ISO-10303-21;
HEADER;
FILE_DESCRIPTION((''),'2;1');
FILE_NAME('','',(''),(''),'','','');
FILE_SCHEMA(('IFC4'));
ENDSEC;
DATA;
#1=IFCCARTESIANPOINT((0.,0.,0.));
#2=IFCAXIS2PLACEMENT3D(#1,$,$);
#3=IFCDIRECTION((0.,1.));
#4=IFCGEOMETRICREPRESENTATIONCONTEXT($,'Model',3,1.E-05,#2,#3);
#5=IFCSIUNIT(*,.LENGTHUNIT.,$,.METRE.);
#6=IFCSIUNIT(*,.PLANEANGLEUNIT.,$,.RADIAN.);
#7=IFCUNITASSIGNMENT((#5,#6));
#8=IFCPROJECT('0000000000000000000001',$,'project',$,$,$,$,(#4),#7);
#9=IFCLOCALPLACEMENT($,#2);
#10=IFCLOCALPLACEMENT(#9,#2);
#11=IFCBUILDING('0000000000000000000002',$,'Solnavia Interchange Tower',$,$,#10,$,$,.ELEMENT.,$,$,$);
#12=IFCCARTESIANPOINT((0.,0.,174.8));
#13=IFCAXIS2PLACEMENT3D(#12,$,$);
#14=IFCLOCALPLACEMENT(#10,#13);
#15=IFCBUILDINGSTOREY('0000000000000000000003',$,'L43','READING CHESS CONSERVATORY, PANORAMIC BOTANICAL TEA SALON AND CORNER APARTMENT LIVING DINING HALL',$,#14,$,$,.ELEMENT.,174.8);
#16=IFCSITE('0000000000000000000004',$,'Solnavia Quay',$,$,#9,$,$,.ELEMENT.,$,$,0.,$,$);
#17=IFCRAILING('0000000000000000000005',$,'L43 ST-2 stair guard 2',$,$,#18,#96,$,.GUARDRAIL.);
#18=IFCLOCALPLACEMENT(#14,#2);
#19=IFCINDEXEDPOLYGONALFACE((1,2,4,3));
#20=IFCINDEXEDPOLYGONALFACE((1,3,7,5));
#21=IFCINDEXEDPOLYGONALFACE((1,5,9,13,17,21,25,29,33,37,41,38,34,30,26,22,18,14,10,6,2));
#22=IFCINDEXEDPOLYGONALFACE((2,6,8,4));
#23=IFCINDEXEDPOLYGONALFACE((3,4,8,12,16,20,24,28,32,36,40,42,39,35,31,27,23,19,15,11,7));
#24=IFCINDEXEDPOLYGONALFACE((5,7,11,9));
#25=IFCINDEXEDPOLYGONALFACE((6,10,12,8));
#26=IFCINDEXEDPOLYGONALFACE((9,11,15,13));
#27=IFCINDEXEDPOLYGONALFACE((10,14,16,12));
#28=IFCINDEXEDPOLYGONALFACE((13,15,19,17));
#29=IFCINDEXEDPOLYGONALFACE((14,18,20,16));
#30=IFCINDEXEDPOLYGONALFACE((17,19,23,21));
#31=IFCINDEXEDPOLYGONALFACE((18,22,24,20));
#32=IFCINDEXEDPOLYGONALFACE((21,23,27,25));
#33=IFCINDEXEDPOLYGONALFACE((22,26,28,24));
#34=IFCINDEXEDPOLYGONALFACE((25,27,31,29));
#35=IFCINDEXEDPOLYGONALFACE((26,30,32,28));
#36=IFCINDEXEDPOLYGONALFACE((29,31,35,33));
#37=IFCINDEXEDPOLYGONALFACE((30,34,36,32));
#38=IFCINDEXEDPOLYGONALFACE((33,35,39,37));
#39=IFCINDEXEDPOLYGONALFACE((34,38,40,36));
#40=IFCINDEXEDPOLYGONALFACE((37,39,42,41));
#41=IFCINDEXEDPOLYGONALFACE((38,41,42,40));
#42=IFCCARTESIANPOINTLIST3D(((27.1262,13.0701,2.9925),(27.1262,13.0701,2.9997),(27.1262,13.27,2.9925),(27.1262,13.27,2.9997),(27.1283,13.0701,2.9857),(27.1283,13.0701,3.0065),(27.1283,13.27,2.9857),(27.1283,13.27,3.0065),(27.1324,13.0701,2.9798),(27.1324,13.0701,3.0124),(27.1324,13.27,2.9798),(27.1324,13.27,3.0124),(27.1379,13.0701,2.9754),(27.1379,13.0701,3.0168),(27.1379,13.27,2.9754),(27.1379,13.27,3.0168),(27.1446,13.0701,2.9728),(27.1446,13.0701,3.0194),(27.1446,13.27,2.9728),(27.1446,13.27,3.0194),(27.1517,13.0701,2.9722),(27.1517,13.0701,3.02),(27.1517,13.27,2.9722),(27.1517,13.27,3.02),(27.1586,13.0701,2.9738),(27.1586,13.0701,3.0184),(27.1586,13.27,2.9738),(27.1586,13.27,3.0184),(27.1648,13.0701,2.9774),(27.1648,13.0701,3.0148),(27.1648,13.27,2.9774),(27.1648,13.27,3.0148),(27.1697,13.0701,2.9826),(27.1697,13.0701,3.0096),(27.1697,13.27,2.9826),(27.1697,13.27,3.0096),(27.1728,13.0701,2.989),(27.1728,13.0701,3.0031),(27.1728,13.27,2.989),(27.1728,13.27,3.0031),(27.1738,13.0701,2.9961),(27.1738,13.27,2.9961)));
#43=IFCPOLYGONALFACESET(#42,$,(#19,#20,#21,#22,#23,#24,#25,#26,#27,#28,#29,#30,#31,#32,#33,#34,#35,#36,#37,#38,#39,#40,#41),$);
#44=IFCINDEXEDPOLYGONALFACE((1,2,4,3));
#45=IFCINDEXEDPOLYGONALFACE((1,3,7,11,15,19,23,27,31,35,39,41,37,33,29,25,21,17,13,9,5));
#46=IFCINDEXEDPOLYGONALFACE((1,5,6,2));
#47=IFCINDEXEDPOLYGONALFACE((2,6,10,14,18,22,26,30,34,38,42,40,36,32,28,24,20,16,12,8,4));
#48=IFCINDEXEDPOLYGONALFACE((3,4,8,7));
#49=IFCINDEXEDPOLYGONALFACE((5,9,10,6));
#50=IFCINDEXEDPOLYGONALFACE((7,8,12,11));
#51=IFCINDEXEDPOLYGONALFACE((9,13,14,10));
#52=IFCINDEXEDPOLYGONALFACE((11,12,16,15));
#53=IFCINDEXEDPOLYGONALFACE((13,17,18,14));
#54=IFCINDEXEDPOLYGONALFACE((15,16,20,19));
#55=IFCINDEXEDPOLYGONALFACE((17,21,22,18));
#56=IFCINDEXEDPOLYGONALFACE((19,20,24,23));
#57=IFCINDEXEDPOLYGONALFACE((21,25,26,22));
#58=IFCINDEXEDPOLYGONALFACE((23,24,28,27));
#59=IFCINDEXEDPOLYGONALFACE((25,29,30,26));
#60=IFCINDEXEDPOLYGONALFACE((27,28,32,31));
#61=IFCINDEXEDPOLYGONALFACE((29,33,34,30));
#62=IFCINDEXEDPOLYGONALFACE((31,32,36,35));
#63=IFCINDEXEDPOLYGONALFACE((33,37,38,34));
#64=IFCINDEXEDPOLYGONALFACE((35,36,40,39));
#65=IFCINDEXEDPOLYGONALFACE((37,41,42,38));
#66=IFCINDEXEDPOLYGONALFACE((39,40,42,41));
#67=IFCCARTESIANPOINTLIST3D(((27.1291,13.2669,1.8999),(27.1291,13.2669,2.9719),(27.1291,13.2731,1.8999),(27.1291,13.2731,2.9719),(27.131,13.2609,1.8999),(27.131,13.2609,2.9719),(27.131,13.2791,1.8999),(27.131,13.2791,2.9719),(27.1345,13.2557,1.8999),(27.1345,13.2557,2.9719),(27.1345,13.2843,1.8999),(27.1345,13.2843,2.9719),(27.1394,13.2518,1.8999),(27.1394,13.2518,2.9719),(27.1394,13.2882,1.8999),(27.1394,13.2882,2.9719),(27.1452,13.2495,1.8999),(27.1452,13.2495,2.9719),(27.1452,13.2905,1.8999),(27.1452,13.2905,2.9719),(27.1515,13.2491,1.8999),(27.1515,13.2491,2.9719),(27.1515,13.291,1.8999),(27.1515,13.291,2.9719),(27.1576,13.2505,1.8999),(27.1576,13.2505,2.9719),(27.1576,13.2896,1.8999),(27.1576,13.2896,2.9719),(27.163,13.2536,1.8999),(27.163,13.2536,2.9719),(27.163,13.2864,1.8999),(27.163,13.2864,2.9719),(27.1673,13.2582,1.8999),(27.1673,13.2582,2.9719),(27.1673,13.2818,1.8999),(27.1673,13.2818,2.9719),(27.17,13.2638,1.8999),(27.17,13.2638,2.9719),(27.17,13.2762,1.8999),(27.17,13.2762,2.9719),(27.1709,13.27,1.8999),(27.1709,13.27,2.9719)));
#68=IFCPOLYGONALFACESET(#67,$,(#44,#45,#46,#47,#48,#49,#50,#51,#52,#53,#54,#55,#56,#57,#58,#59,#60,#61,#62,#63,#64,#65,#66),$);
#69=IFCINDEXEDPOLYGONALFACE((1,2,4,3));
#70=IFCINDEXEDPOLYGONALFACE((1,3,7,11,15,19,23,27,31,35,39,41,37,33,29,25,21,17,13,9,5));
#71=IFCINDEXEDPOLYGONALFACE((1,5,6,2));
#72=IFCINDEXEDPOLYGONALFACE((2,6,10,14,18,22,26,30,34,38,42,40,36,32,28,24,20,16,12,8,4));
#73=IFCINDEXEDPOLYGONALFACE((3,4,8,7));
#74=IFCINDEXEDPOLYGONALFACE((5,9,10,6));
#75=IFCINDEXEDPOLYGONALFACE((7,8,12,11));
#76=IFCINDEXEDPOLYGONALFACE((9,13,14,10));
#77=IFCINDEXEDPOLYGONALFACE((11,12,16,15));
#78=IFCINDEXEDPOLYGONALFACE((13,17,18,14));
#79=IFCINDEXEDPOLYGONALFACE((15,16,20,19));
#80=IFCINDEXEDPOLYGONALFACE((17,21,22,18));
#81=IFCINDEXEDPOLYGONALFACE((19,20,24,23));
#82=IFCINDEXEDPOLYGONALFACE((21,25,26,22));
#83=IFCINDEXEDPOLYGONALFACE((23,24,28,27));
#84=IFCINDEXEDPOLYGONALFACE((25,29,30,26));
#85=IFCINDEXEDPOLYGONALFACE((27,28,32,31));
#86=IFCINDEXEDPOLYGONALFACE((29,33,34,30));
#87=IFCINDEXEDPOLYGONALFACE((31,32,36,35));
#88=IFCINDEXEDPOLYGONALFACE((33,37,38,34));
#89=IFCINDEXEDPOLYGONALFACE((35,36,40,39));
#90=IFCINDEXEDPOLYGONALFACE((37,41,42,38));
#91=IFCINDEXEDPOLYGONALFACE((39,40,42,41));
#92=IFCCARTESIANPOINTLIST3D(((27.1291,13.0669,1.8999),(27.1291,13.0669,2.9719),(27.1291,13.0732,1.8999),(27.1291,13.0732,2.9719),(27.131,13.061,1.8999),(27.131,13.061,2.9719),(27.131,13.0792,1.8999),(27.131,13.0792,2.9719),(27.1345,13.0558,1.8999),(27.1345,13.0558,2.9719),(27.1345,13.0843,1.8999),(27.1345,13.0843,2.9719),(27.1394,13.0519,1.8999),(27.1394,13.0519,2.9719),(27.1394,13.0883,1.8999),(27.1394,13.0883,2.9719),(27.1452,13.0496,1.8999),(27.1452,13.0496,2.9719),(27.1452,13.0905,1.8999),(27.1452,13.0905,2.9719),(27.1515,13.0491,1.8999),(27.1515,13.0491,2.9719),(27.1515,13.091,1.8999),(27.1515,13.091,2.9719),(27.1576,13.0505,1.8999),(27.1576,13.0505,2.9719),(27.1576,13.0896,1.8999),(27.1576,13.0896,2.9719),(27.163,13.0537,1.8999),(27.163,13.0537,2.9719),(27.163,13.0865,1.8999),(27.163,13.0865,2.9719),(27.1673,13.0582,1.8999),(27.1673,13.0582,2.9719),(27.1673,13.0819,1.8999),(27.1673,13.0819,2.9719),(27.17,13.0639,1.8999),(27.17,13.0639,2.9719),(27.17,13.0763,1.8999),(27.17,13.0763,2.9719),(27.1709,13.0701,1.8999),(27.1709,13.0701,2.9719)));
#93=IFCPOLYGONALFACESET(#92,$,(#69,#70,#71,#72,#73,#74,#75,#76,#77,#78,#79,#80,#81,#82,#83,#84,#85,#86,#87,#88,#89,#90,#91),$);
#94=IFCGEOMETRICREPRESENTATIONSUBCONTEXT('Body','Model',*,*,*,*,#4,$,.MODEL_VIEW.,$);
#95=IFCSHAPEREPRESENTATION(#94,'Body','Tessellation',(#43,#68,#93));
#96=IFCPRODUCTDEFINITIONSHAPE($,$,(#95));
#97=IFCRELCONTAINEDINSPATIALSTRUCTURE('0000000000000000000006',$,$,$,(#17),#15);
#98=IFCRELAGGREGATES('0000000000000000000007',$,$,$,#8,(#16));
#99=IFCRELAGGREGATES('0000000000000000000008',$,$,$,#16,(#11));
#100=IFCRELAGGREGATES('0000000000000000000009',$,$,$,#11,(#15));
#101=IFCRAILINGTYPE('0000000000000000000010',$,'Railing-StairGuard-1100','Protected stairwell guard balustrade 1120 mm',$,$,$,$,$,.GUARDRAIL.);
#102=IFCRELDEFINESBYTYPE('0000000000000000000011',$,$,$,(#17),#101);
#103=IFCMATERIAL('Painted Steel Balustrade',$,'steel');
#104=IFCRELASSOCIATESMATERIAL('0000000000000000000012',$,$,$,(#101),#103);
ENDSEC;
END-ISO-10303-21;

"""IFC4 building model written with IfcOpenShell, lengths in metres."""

from ifc_helpers import new_model, si_unit, direction, frame, origin, origin_2d, place, context, subcontext, project, spatial, circle, extrude, material, type_object, element, save


model = new_model("IFC4")

# Units and contexts
model_context = context("Model", 3, precision=1e-05, world=origin(), true_north=direction((0.0, 1.0)))
body_context = subcontext(model_context, "Body", "Model", "MODEL_VIEW")
ifc_project = project(units=[si_unit("LENGTHUNIT", "METRE"), si_unit("PLANEANGLEUNIT", "RADIAN")], contexts=[model_context])

# Site, building, storey
site_placement = place(None, origin())
site = spatial("IfcSite", under=ifc_project, at=site_placement, Name="Solnavia Quay", CompositionType="ELEMENT", RefElevation=0.0)
building_placement = place(site_placement, origin())
building = spatial("IfcBuilding", under=site, at=building_placement, Name="Solnavia Interchange Tower", CompositionType="ELEMENT")
storey_placement = place(building_placement, frame((0.0, 0.0, 174.8)))
storey = spatial("IfcBuildingStorey", under=building, at=storey_placement, Name="L43", Description="READING CHESS CONSERVATORY, PANORAMIC BOTANICAL TEA SALON AND CORNER APARTMENT LIVING DINING HALL", CompositionType="ELEMENT", Elevation=174.8)

# Railing
ifc_material_1 = material(Name="Painted Steel Balustrade", Category="steel")
railing_type_1 = type_object("IfcRailingType", Name="Railing-StairGuard-1100", Description="Protected stairwell guard balustrade 1120 mm", PredefinedType="GUARDRAIL", material=ifc_material_1)
railing_1_placement = place(storey_placement, frame((27.1499, 13.27, 1.8999)))
element("IfcRailing", 1, at=railing_1_placement, inside=storey, type_object=railing_type_1, Name="L43 ST-2 stair guard 2", PredefinedType="GUARDRAIL", context=body_context, shape_type="SweptSolid", body=[
    extrude(circle(Radius=0.0239, at=origin_2d()), frame((0.0, 0.0, 1.0962), z_axis=(0.0, -1.0, 0.0), x_axis=(1.0, 0.0, 0.0)), (0.0, 0.0, 1.0), 0.2),
    extrude(circle(Radius=0.021, at=origin_2d()), origin(), (0.0, 0.0, 1.0), 1.072),
    extrude(circle(Radius=0.021, at=origin_2d()), frame((0.0, -0.2, 0.0)), (0.0, 0.0, 1.0), 1.072),
])

save(model, "model.ifc")
